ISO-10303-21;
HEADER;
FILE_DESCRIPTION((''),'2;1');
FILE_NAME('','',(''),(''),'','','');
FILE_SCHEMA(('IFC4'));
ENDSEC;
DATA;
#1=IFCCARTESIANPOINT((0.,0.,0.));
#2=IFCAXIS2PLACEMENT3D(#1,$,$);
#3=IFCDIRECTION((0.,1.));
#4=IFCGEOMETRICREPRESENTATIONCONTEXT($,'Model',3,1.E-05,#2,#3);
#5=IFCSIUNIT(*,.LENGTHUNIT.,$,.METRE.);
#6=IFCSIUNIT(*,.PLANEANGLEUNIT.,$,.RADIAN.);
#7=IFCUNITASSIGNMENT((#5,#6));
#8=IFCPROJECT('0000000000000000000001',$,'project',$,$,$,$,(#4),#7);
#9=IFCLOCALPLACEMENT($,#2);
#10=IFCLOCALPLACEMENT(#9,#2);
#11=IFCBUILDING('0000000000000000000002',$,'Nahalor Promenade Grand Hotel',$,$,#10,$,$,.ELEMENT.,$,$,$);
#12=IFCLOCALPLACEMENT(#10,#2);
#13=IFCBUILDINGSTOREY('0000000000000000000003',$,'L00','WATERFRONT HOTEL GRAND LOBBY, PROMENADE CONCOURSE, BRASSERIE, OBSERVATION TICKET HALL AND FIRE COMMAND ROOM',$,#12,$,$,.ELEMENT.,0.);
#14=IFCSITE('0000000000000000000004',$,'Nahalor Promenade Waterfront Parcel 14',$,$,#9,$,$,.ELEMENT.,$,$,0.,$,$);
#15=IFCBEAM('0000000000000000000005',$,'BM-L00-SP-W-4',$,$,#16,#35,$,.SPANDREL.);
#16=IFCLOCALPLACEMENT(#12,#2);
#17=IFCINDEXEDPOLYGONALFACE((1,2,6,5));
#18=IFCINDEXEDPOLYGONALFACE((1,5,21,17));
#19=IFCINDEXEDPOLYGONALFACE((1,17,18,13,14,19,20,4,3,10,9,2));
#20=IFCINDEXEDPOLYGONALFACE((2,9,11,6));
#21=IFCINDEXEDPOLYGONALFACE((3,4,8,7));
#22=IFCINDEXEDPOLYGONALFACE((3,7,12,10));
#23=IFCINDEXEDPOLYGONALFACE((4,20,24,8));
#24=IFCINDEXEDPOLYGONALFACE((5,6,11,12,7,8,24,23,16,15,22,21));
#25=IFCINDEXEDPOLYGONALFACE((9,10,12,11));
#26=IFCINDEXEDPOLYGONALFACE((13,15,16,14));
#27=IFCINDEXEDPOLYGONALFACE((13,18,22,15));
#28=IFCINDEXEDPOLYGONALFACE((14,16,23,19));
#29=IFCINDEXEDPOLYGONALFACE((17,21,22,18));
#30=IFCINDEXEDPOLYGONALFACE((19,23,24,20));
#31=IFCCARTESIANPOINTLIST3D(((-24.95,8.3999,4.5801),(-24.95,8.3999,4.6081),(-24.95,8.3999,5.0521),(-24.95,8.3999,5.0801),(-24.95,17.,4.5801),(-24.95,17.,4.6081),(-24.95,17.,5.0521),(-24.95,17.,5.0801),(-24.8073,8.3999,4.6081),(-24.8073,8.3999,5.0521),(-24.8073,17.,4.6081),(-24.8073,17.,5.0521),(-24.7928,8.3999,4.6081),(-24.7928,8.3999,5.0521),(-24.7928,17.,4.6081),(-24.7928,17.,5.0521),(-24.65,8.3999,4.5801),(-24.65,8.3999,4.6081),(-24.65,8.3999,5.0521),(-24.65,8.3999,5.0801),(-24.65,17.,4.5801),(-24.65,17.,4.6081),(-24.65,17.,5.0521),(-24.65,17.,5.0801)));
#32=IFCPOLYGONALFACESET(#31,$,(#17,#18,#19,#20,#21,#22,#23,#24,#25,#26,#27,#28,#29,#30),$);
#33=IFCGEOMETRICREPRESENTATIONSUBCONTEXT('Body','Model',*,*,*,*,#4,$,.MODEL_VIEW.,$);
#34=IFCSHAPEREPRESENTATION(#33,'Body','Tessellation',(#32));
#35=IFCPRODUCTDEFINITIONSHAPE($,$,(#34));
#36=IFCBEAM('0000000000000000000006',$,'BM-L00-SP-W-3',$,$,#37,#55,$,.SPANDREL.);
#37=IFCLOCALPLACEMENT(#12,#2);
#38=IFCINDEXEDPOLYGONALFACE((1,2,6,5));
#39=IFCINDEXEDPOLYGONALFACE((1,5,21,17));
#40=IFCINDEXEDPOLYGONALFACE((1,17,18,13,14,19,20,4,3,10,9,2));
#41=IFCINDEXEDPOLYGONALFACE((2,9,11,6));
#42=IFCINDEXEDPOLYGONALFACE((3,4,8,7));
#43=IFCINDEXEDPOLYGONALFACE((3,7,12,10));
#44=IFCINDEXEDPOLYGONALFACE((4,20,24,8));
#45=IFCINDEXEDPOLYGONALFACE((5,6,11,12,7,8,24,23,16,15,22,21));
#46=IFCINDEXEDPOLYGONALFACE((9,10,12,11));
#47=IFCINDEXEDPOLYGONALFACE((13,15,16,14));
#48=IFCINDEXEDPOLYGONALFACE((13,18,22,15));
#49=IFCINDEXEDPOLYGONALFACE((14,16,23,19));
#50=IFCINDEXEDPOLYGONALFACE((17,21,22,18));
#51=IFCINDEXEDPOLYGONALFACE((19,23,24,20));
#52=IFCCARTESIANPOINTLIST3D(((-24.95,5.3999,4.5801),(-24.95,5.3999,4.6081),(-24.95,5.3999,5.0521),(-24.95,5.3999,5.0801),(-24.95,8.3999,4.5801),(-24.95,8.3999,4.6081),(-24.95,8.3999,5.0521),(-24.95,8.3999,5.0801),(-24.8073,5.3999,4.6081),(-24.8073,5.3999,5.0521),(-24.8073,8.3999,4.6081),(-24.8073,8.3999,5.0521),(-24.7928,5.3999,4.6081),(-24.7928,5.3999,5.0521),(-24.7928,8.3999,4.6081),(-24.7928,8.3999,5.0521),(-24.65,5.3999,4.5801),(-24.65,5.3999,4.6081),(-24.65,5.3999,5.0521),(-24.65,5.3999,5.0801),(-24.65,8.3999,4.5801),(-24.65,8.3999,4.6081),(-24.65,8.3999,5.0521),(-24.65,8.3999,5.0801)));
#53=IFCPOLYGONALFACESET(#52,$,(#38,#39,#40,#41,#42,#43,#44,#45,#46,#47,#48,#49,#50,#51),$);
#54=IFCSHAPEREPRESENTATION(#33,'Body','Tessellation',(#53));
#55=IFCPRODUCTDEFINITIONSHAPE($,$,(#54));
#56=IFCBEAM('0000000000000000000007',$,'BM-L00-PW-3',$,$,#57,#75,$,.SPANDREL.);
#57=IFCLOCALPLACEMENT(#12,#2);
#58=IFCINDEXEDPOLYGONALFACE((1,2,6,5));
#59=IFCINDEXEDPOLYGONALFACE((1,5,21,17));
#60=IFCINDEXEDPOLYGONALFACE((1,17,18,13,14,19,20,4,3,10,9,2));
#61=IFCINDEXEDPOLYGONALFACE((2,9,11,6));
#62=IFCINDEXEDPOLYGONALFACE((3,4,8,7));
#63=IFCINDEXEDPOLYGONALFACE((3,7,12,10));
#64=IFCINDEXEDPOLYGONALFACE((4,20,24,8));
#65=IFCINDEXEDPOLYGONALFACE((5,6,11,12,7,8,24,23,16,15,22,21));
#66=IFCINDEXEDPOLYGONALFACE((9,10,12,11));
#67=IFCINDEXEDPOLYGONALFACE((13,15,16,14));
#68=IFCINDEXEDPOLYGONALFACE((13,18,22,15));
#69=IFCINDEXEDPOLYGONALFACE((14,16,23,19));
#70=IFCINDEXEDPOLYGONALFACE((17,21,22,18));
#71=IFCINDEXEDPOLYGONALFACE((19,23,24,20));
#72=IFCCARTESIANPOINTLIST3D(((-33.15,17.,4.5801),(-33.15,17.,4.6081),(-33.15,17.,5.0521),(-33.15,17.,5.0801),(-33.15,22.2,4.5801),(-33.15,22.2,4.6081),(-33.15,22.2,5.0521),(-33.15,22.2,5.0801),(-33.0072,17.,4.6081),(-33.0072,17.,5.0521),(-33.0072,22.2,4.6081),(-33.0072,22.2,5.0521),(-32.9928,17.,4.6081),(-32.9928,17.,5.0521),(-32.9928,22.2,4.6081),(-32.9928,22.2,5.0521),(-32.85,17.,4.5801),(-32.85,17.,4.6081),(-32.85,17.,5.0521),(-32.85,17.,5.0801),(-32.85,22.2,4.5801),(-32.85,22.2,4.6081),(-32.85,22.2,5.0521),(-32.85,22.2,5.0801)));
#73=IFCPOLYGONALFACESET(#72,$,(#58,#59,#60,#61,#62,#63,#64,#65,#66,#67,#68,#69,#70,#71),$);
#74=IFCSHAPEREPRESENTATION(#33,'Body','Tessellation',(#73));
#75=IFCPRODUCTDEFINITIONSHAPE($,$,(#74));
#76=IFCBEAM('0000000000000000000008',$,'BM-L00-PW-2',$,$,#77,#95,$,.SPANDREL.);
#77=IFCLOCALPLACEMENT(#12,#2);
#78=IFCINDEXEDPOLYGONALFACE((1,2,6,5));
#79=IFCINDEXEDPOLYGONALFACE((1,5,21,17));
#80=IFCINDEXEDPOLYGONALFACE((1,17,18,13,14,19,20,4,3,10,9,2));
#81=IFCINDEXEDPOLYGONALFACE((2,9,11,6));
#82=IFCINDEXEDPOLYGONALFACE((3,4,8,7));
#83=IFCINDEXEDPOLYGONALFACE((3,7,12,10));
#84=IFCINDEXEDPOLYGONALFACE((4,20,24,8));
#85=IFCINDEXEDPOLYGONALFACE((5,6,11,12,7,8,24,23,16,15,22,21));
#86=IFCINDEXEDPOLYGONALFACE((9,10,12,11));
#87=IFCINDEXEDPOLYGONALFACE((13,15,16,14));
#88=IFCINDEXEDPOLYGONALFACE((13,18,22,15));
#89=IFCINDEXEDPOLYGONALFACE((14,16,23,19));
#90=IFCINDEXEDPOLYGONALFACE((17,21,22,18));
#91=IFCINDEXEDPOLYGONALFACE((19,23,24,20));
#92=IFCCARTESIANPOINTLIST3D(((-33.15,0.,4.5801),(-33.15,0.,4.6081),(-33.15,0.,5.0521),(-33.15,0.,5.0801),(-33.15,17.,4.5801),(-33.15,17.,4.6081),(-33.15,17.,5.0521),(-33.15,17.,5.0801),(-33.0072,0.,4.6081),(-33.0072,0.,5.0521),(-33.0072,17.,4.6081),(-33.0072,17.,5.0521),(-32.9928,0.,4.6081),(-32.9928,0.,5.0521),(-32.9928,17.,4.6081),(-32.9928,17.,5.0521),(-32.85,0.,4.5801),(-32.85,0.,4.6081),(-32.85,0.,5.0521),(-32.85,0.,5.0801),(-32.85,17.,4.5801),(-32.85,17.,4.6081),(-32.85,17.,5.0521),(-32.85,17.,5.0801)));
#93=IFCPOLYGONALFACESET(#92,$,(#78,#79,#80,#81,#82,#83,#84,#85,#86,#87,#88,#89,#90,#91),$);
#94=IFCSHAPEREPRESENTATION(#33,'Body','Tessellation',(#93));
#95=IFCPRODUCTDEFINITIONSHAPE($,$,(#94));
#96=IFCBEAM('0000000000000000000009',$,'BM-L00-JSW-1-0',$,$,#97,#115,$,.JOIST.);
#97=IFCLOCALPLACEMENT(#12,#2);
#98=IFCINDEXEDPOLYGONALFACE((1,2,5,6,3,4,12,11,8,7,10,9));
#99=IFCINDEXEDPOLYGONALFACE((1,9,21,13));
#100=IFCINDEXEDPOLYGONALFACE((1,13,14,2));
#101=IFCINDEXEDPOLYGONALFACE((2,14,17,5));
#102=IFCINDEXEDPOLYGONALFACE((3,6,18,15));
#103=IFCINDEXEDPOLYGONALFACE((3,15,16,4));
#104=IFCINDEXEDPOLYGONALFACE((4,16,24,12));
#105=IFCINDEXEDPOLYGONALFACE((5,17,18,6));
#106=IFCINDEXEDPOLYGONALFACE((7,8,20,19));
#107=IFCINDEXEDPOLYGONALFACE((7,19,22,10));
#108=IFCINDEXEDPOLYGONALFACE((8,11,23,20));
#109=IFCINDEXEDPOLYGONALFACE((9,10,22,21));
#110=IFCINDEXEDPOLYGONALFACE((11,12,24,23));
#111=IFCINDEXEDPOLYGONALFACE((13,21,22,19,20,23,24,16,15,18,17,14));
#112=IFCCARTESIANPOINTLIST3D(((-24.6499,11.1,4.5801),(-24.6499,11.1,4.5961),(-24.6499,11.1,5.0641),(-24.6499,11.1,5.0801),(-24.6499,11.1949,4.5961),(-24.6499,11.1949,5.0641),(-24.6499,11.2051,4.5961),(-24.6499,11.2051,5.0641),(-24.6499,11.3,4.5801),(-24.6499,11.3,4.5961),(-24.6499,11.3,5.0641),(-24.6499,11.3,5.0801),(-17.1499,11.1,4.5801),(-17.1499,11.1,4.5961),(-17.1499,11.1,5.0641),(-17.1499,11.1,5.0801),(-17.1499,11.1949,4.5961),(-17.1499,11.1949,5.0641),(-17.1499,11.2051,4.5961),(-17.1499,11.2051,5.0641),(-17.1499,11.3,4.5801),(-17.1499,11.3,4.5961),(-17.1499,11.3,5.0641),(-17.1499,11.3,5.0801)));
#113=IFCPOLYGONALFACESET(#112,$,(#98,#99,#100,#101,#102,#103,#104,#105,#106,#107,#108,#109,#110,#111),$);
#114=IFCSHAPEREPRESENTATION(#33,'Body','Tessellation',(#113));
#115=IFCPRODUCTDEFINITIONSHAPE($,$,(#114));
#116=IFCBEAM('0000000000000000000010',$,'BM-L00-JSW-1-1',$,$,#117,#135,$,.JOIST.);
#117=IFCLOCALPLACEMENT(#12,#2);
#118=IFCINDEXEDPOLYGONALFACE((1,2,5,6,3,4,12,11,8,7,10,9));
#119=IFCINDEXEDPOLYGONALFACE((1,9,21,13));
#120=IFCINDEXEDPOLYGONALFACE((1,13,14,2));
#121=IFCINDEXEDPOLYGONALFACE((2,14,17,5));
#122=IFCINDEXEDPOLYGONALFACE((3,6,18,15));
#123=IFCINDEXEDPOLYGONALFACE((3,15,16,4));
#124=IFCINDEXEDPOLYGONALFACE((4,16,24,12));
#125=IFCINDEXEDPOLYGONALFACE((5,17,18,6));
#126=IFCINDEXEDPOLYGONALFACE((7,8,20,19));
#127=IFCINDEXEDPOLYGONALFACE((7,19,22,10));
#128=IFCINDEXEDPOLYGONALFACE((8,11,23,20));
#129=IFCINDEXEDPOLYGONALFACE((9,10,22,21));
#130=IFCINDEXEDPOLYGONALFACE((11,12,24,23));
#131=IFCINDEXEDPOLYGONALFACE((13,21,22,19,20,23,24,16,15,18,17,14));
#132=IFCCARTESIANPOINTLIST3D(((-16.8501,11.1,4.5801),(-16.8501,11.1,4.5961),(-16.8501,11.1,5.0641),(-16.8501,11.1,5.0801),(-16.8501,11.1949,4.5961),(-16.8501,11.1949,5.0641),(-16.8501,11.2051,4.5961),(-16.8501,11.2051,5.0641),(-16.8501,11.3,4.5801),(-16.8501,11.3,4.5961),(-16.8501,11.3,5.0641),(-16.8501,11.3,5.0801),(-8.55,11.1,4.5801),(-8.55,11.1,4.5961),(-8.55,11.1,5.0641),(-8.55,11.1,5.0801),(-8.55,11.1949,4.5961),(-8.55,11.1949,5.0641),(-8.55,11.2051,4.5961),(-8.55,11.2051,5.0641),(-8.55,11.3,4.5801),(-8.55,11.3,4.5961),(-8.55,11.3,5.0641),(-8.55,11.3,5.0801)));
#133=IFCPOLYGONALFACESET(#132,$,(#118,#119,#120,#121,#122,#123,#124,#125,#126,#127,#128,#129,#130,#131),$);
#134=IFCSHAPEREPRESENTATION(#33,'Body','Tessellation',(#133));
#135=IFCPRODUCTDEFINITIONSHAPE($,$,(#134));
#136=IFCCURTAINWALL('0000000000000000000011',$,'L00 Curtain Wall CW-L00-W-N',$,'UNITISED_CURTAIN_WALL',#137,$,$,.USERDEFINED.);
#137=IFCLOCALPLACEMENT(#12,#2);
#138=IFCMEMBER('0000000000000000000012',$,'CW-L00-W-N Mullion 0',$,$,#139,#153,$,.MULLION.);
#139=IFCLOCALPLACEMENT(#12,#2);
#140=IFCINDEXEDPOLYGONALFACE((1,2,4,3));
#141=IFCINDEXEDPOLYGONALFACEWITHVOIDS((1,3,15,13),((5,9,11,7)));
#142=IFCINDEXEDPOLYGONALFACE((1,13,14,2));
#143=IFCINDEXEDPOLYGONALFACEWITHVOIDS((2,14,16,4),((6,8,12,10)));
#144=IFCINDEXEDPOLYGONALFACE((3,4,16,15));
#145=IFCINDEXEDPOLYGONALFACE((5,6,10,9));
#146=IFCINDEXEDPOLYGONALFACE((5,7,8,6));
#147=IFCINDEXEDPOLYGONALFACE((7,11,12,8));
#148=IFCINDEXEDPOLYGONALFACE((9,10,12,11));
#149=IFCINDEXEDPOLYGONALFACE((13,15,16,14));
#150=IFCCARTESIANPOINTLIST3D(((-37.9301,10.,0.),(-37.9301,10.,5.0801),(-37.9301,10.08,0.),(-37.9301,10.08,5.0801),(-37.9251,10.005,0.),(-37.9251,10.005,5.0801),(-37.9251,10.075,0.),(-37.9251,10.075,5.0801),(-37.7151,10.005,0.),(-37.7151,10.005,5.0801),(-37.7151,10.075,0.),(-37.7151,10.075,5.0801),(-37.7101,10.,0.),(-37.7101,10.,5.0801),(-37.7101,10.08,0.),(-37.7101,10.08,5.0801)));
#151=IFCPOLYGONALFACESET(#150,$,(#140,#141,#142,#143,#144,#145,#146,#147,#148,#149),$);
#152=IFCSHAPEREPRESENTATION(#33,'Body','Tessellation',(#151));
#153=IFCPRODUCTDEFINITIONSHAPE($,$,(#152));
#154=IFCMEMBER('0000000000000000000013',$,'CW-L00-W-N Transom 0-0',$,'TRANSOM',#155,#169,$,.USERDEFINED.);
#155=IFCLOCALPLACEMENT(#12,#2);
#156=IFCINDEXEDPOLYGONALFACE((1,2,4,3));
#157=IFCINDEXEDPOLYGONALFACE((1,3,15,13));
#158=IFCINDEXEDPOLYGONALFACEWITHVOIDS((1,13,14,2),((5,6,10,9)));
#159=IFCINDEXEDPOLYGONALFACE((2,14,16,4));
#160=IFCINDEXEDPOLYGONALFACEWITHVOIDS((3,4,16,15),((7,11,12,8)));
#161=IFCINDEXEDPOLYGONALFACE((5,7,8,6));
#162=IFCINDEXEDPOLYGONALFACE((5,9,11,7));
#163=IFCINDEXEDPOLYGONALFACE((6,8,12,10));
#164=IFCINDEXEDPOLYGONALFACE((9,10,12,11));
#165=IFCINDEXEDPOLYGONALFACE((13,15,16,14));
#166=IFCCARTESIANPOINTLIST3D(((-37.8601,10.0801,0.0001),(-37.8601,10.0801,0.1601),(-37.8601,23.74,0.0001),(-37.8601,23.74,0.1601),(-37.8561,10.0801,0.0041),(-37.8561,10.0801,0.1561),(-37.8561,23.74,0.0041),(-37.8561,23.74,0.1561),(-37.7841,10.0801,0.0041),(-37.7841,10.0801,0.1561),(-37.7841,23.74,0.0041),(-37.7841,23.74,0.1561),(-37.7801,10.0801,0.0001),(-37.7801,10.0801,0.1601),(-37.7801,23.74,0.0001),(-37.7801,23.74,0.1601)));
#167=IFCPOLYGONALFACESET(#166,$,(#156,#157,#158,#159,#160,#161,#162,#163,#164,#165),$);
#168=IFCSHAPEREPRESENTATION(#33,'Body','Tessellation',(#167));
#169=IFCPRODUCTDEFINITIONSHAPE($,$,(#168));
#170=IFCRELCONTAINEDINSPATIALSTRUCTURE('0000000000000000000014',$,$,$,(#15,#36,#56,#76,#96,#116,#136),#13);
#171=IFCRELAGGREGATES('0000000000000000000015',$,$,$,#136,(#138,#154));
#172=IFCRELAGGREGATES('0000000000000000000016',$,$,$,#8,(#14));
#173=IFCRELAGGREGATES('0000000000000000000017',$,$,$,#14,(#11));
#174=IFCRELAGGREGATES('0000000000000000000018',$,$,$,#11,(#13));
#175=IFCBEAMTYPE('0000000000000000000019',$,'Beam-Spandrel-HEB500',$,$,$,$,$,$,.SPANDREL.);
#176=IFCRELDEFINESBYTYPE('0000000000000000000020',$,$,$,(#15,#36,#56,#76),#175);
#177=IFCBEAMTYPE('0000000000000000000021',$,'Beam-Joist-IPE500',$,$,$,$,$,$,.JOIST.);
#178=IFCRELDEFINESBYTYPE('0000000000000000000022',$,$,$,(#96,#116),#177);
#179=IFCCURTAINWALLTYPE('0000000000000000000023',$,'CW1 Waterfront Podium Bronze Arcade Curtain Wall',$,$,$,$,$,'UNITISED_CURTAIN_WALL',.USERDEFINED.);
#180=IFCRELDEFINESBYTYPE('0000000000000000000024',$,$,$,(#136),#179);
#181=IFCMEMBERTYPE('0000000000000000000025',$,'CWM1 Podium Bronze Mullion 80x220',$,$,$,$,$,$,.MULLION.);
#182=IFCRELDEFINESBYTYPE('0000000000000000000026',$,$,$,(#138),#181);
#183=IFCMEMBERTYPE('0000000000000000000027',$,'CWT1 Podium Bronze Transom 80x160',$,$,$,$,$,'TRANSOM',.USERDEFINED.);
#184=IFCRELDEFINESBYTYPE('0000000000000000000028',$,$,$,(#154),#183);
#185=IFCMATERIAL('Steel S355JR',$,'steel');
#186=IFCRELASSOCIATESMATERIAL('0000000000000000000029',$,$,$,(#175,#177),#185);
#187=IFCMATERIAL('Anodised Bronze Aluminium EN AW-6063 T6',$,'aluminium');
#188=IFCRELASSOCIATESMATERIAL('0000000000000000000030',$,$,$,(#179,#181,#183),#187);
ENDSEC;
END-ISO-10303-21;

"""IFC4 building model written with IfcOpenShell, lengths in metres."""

from ifc_helpers import new_model, si_unit, direction, frame, origin, origin_2d, place, context, subcontext, project, spatial, hollow_rectangle, i_section, extrude, source, transform, mapped, material, material_profile, profile_set, type_object, element, aggregate, save


model = new_model("IFC4")

# Units and contexts
model_context = context("Model", 3, precision=1e-05, world=origin(), true_north=direction((0.0, 1.0)))
body_context = subcontext(model_context, "Body", "Model", "MODEL_VIEW")
ifc_project = project(units=[si_unit("LENGTHUNIT", "METRE"), si_unit("PLANEANGLEUNIT", "RADIAN")], contexts=[model_context])

# Site, building, storey
site_placement = place(None, origin())
site = spatial("IfcSite", under=ifc_project, at=site_placement, Name="Nahalor Promenade Waterfront Parcel 14", CompositionType="ELEMENT", RefElevation=0.0)
building_placement = place(site_placement, origin())
building = spatial("IfcBuilding", under=site, at=building_placement, Name="Nahalor Promenade Grand Hotel", CompositionType="ELEMENT")
storey_placement = place(building_placement, origin())
storey = spatial("IfcBuildingStorey", under=building, at=storey_placement, Name="L00", Description="WATERFRONT HOTEL GRAND LOBBY, PROMENADE CONCOURSE, BRASSERIE, OBSERVATION TICKET HALL AND FIRE COMMAND ROOM", CompositionType="ELEMENT", Elevation=0.0)

# Beams
ifc_material_1 = material(Name="Steel S355JR", Category="steel")
ifc_material_profile_1 = material_profile(ifc_material_1, i_section(OverallWidth=0.3, OverallDepth=0.5, WebThickness=0.0145, FlangeThickness=0.028, at=origin_2d()), Name="HEB 500")
ifc_profile_set_1 = profile_set([ifc_material_profile_1], Name="Steel S355JR")
beam_type_1 = type_object("IfcBeamType", Name="Beam-Spandrel-HEB500", PredefinedType="SPANDREL", material=ifc_profile_set_1)
shared_shape_1 = source(origin(), body_context, "Body", "SweptSolid", [
    extrude(i_section(OverallWidth=0.3, OverallDepth=0.5, WebThickness=0.0145, FlangeThickness=0.028, at=origin_2d()), origin(), (0.0, 0.0, 1.0), 8.6001),
])
beam_1_placement = place(storey_placement, frame((-24.8, 8.3999, 4.8301), z_axis=(0.0, 1.0, 0.0), x_axis=(-1.0, 0.0, 0.0)))
element("IfcBeam", 1, at=beam_1_placement, inside=storey, type_object=beam_type_1, Name="BM-L00-SP-W-4", PredefinedType="SPANDREL", context=body_context, shape_type="MappedRepresentation", body=[
    mapped(shared_shape_1, transform((0.0, 0.0, 0.0), scale=1.0)),
])
shared_shape_2 = source(origin(), body_context, "Body", "SweptSolid", [
    extrude(i_section(OverallWidth=0.3, OverallDepth=0.5, WebThickness=0.0145, FlangeThickness=0.028, at=origin_2d()), origin(), (0.0, 0.0, 1.0), 3.0),
])
beam_2_placement = place(storey_placement, frame((-24.8, 5.3999, 4.8301), z_axis=(0.0, 1.0, 0.0), x_axis=(-1.0, 0.0, 0.0)))
element("IfcBeam", 2, at=beam_2_placement, inside=storey, type_object=beam_type_1, Name="BM-L00-SP-W-3", PredefinedType="SPANDREL", context=body_context, shape_type="MappedRepresentation", body=[
    mapped(shared_shape_2, transform((0.0, 0.0, 0.0), scale=1.0)),
])
shared_shape_3 = source(origin(), body_context, "Body", "SweptSolid", [
    extrude(i_section(OverallWidth=0.3, OverallDepth=0.5, WebThickness=0.0145, FlangeThickness=0.028, at=origin_2d()), origin(), (0.0, 0.0, 1.0), 5.2),
])
beam_3_placement = place(storey_placement, frame((-33.0, 17.0, 4.8301), z_axis=(0.0, 1.0, 0.0), x_axis=(-1.0, 0.0, 0.0)))
element("IfcBeam", 3, at=beam_3_placement, inside=storey, type_object=beam_type_1, Name="BM-L00-PW-3", PredefinedType="SPANDREL", context=body_context, shape_type="MappedRepresentation", body=[
    mapped(shared_shape_3, transform((0.0, 0.0, 0.0), scale=1.0)),
])
shared_shape_4 = source(origin(), body_context, "Body", "SweptSolid", [
    extrude(i_section(OverallWidth=0.3, OverallDepth=0.5, WebThickness=0.0145, FlangeThickness=0.028, at=origin_2d()), origin(), (0.0, 0.0, 1.0), 17.0),
])
beam_4_placement = place(storey_placement, frame((-33.0, 0.0, 4.8301), z_axis=(0.0, 1.0, 0.0), x_axis=(-1.0, 0.0, 0.0)))
element("IfcBeam", 4, at=beam_4_placement, inside=storey, type_object=beam_type_1, Name="BM-L00-PW-2", PredefinedType="SPANDREL", context=body_context, shape_type="MappedRepresentation", body=[
    mapped(shared_shape_4, transform((0.0, 0.0, 0.0), scale=1.0)),
])
ifc_material_profile_2 = material_profile(ifc_material_1, i_section(OverallWidth=0.2, OverallDepth=0.5, WebThickness=0.0102, FlangeThickness=0.016, at=origin_2d()), Name="IPE 500")
ifc_profile_set_2 = profile_set([ifc_material_profile_2], Name="Steel S355JR")
beam_type_2 = type_object("IfcBeamType", Name="Beam-Joist-IPE500", PredefinedType="JOIST", material=ifc_profile_set_2)
shared_shape_5 = source(origin(), body_context, "Body", "SweptSolid", [
    extrude(i_section(OverallWidth=0.2, OverallDepth=0.5, WebThickness=0.0102, FlangeThickness=0.016, at=origin_2d()), origin(), (0.0, 0.0, 1.0), 7.5),
])
beam_5_placement = place(storey_placement, frame((-24.6499, 11.2, 4.8301), z_axis=(1.0, 0.0, 0.0), x_axis=(0.0, 1.0, 0.0)))
element("IfcBeam", 5, at=beam_5_placement, inside=storey, type_object=beam_type_2, Name="BM-L00-JSW-1-0", PredefinedType="JOIST", context=body_context, shape_type="MappedRepresentation", body=[
    mapped(shared_shape_5, transform((0.0, 0.0, 0.0), scale=1.0)),
])
shared_shape_6 = source(origin(), body_context, "Body", "SweptSolid", [
    extrude(i_section(OverallWidth=0.2, OverallDepth=0.5, WebThickness=0.0102, FlangeThickness=0.016, at=origin_2d()), origin(), (0.0, 0.0, 1.0), 8.3),
])
beam_6_placement = place(storey_placement, frame((-16.8501, 11.2, 4.8301), z_axis=(1.0, 0.0, 0.0), x_axis=(0.0, 1.0, 0.0)))
element("IfcBeam", 6, at=beam_6_placement, inside=storey, type_object=beam_type_2, Name="BM-L00-JSW-1-1", PredefinedType="JOIST", context=body_context, shape_type="MappedRepresentation", body=[
    mapped(shared_shape_6, transform((0.0, 0.0, 0.0), scale=1.0)),
])

# Curtain wall, members
ifc_material_2 = material(Name="Anodised Bronze Aluminium EN AW-6063 T6", Category="aluminium")
curtain_wall_type = type_object("IfcCurtainWallType", Name="CW1 Waterfront Podium Bronze Arcade Curtain Wall", ElementType="UNITISED_CURTAIN_WALL", PredefinedType="USERDEFINED", material=ifc_material_2)
curtain_wall_placement = place(storey_placement, origin())
curtain_wall = element("IfcCurtainWall", 7, at=curtain_wall_placement, inside=storey, type_object=curtain_wall_type, Name="L00 Curtain Wall CW-L00-W-N", ObjectType="UNITISED_CURTAIN_WALL", PredefinedType="USERDEFINED")
ifc_material_profile_3 = material_profile(ifc_material_2, hollow_rectangle(XDim=0.08, YDim=0.22, WallThickness=0.005, at=origin_2d()), Name="CWM 80x220x5")
ifc_profile_set_3 = profile_set([ifc_material_profile_3], Name="Anodised Bronze Aluminium EN AW-6063 T6")
member_type_1 = type_object("IfcMemberType", Name="CWM1 Podium Bronze Mullion 80x220", PredefinedType="MULLION", material=ifc_profile_set_3)
shared_shape_7 = source(origin(), body_context, "Body", "SweptSolid", [
    extrude(hollow_rectangle(XDim=0.08, YDim=0.22, WallThickness=0.005, at=origin_2d()), origin(), (0.0, 0.0, 1.0), 5.0801),
])
member_1_placement = place(storey_placement, frame((-37.8201, 10.04, 0.0), z_axis=(0.0, 0.0, 1.0), x_axis=(0.0, 1.0, 0.0)))
member_1 = element("IfcMember", 8, at=member_1_placement, type_object=member_type_1, Name="CW-L00-W-N Mullion 0", PredefinedType="MULLION", context=body_context, shape_type="MappedRepresentation", body=[
    mapped(shared_shape_7, transform((0.0, 0.0, 0.0), scale=1.0)),
])
ifc_material_profile_4 = material_profile(ifc_material_2, hollow_rectangle(XDim=0.08, YDim=0.16, WallThickness=0.004, at=origin_2d()), Name="CWT 80x160x4")
ifc_profile_set_4 = profile_set([ifc_material_profile_4], Name="Anodised Bronze Aluminium EN AW-6063 T6")
member_type_2 = type_object("IfcMemberType", Name="CWT1 Podium Bronze Transom 80x160", ElementType="TRANSOM", PredefinedType="USERDEFINED", material=ifc_profile_set_4)
shared_shape_8 = source(origin(), body_context, "Body", "SweptSolid", [
    extrude(hollow_rectangle(XDim=0.08, YDim=0.16, WallThickness=0.004, at=origin_2d()), origin(), (0.0, 0.0, 1.0), 13.6599),
])
member_2_placement = place(storey_placement, frame((-37.8201, 10.0801, 0.0801), z_axis=(0.0, 1.0, 0.0), x_axis=(-1.0, 0.0, 0.0)))
member_2 = element("IfcMember", 9, at=member_2_placement, type_object=member_type_2, Name="CW-L00-W-N Transom 0-0", ObjectType="TRANSOM", PredefinedType="USERDEFINED", context=body_context, shape_type="MappedRepresentation", body=[
    mapped(shared_shape_8, transform((0.0, 0.0, 0.0), scale=1.0)),
])
aggregate(curtain_wall, [member_1, member_2])

save(model, "model.ifc")
